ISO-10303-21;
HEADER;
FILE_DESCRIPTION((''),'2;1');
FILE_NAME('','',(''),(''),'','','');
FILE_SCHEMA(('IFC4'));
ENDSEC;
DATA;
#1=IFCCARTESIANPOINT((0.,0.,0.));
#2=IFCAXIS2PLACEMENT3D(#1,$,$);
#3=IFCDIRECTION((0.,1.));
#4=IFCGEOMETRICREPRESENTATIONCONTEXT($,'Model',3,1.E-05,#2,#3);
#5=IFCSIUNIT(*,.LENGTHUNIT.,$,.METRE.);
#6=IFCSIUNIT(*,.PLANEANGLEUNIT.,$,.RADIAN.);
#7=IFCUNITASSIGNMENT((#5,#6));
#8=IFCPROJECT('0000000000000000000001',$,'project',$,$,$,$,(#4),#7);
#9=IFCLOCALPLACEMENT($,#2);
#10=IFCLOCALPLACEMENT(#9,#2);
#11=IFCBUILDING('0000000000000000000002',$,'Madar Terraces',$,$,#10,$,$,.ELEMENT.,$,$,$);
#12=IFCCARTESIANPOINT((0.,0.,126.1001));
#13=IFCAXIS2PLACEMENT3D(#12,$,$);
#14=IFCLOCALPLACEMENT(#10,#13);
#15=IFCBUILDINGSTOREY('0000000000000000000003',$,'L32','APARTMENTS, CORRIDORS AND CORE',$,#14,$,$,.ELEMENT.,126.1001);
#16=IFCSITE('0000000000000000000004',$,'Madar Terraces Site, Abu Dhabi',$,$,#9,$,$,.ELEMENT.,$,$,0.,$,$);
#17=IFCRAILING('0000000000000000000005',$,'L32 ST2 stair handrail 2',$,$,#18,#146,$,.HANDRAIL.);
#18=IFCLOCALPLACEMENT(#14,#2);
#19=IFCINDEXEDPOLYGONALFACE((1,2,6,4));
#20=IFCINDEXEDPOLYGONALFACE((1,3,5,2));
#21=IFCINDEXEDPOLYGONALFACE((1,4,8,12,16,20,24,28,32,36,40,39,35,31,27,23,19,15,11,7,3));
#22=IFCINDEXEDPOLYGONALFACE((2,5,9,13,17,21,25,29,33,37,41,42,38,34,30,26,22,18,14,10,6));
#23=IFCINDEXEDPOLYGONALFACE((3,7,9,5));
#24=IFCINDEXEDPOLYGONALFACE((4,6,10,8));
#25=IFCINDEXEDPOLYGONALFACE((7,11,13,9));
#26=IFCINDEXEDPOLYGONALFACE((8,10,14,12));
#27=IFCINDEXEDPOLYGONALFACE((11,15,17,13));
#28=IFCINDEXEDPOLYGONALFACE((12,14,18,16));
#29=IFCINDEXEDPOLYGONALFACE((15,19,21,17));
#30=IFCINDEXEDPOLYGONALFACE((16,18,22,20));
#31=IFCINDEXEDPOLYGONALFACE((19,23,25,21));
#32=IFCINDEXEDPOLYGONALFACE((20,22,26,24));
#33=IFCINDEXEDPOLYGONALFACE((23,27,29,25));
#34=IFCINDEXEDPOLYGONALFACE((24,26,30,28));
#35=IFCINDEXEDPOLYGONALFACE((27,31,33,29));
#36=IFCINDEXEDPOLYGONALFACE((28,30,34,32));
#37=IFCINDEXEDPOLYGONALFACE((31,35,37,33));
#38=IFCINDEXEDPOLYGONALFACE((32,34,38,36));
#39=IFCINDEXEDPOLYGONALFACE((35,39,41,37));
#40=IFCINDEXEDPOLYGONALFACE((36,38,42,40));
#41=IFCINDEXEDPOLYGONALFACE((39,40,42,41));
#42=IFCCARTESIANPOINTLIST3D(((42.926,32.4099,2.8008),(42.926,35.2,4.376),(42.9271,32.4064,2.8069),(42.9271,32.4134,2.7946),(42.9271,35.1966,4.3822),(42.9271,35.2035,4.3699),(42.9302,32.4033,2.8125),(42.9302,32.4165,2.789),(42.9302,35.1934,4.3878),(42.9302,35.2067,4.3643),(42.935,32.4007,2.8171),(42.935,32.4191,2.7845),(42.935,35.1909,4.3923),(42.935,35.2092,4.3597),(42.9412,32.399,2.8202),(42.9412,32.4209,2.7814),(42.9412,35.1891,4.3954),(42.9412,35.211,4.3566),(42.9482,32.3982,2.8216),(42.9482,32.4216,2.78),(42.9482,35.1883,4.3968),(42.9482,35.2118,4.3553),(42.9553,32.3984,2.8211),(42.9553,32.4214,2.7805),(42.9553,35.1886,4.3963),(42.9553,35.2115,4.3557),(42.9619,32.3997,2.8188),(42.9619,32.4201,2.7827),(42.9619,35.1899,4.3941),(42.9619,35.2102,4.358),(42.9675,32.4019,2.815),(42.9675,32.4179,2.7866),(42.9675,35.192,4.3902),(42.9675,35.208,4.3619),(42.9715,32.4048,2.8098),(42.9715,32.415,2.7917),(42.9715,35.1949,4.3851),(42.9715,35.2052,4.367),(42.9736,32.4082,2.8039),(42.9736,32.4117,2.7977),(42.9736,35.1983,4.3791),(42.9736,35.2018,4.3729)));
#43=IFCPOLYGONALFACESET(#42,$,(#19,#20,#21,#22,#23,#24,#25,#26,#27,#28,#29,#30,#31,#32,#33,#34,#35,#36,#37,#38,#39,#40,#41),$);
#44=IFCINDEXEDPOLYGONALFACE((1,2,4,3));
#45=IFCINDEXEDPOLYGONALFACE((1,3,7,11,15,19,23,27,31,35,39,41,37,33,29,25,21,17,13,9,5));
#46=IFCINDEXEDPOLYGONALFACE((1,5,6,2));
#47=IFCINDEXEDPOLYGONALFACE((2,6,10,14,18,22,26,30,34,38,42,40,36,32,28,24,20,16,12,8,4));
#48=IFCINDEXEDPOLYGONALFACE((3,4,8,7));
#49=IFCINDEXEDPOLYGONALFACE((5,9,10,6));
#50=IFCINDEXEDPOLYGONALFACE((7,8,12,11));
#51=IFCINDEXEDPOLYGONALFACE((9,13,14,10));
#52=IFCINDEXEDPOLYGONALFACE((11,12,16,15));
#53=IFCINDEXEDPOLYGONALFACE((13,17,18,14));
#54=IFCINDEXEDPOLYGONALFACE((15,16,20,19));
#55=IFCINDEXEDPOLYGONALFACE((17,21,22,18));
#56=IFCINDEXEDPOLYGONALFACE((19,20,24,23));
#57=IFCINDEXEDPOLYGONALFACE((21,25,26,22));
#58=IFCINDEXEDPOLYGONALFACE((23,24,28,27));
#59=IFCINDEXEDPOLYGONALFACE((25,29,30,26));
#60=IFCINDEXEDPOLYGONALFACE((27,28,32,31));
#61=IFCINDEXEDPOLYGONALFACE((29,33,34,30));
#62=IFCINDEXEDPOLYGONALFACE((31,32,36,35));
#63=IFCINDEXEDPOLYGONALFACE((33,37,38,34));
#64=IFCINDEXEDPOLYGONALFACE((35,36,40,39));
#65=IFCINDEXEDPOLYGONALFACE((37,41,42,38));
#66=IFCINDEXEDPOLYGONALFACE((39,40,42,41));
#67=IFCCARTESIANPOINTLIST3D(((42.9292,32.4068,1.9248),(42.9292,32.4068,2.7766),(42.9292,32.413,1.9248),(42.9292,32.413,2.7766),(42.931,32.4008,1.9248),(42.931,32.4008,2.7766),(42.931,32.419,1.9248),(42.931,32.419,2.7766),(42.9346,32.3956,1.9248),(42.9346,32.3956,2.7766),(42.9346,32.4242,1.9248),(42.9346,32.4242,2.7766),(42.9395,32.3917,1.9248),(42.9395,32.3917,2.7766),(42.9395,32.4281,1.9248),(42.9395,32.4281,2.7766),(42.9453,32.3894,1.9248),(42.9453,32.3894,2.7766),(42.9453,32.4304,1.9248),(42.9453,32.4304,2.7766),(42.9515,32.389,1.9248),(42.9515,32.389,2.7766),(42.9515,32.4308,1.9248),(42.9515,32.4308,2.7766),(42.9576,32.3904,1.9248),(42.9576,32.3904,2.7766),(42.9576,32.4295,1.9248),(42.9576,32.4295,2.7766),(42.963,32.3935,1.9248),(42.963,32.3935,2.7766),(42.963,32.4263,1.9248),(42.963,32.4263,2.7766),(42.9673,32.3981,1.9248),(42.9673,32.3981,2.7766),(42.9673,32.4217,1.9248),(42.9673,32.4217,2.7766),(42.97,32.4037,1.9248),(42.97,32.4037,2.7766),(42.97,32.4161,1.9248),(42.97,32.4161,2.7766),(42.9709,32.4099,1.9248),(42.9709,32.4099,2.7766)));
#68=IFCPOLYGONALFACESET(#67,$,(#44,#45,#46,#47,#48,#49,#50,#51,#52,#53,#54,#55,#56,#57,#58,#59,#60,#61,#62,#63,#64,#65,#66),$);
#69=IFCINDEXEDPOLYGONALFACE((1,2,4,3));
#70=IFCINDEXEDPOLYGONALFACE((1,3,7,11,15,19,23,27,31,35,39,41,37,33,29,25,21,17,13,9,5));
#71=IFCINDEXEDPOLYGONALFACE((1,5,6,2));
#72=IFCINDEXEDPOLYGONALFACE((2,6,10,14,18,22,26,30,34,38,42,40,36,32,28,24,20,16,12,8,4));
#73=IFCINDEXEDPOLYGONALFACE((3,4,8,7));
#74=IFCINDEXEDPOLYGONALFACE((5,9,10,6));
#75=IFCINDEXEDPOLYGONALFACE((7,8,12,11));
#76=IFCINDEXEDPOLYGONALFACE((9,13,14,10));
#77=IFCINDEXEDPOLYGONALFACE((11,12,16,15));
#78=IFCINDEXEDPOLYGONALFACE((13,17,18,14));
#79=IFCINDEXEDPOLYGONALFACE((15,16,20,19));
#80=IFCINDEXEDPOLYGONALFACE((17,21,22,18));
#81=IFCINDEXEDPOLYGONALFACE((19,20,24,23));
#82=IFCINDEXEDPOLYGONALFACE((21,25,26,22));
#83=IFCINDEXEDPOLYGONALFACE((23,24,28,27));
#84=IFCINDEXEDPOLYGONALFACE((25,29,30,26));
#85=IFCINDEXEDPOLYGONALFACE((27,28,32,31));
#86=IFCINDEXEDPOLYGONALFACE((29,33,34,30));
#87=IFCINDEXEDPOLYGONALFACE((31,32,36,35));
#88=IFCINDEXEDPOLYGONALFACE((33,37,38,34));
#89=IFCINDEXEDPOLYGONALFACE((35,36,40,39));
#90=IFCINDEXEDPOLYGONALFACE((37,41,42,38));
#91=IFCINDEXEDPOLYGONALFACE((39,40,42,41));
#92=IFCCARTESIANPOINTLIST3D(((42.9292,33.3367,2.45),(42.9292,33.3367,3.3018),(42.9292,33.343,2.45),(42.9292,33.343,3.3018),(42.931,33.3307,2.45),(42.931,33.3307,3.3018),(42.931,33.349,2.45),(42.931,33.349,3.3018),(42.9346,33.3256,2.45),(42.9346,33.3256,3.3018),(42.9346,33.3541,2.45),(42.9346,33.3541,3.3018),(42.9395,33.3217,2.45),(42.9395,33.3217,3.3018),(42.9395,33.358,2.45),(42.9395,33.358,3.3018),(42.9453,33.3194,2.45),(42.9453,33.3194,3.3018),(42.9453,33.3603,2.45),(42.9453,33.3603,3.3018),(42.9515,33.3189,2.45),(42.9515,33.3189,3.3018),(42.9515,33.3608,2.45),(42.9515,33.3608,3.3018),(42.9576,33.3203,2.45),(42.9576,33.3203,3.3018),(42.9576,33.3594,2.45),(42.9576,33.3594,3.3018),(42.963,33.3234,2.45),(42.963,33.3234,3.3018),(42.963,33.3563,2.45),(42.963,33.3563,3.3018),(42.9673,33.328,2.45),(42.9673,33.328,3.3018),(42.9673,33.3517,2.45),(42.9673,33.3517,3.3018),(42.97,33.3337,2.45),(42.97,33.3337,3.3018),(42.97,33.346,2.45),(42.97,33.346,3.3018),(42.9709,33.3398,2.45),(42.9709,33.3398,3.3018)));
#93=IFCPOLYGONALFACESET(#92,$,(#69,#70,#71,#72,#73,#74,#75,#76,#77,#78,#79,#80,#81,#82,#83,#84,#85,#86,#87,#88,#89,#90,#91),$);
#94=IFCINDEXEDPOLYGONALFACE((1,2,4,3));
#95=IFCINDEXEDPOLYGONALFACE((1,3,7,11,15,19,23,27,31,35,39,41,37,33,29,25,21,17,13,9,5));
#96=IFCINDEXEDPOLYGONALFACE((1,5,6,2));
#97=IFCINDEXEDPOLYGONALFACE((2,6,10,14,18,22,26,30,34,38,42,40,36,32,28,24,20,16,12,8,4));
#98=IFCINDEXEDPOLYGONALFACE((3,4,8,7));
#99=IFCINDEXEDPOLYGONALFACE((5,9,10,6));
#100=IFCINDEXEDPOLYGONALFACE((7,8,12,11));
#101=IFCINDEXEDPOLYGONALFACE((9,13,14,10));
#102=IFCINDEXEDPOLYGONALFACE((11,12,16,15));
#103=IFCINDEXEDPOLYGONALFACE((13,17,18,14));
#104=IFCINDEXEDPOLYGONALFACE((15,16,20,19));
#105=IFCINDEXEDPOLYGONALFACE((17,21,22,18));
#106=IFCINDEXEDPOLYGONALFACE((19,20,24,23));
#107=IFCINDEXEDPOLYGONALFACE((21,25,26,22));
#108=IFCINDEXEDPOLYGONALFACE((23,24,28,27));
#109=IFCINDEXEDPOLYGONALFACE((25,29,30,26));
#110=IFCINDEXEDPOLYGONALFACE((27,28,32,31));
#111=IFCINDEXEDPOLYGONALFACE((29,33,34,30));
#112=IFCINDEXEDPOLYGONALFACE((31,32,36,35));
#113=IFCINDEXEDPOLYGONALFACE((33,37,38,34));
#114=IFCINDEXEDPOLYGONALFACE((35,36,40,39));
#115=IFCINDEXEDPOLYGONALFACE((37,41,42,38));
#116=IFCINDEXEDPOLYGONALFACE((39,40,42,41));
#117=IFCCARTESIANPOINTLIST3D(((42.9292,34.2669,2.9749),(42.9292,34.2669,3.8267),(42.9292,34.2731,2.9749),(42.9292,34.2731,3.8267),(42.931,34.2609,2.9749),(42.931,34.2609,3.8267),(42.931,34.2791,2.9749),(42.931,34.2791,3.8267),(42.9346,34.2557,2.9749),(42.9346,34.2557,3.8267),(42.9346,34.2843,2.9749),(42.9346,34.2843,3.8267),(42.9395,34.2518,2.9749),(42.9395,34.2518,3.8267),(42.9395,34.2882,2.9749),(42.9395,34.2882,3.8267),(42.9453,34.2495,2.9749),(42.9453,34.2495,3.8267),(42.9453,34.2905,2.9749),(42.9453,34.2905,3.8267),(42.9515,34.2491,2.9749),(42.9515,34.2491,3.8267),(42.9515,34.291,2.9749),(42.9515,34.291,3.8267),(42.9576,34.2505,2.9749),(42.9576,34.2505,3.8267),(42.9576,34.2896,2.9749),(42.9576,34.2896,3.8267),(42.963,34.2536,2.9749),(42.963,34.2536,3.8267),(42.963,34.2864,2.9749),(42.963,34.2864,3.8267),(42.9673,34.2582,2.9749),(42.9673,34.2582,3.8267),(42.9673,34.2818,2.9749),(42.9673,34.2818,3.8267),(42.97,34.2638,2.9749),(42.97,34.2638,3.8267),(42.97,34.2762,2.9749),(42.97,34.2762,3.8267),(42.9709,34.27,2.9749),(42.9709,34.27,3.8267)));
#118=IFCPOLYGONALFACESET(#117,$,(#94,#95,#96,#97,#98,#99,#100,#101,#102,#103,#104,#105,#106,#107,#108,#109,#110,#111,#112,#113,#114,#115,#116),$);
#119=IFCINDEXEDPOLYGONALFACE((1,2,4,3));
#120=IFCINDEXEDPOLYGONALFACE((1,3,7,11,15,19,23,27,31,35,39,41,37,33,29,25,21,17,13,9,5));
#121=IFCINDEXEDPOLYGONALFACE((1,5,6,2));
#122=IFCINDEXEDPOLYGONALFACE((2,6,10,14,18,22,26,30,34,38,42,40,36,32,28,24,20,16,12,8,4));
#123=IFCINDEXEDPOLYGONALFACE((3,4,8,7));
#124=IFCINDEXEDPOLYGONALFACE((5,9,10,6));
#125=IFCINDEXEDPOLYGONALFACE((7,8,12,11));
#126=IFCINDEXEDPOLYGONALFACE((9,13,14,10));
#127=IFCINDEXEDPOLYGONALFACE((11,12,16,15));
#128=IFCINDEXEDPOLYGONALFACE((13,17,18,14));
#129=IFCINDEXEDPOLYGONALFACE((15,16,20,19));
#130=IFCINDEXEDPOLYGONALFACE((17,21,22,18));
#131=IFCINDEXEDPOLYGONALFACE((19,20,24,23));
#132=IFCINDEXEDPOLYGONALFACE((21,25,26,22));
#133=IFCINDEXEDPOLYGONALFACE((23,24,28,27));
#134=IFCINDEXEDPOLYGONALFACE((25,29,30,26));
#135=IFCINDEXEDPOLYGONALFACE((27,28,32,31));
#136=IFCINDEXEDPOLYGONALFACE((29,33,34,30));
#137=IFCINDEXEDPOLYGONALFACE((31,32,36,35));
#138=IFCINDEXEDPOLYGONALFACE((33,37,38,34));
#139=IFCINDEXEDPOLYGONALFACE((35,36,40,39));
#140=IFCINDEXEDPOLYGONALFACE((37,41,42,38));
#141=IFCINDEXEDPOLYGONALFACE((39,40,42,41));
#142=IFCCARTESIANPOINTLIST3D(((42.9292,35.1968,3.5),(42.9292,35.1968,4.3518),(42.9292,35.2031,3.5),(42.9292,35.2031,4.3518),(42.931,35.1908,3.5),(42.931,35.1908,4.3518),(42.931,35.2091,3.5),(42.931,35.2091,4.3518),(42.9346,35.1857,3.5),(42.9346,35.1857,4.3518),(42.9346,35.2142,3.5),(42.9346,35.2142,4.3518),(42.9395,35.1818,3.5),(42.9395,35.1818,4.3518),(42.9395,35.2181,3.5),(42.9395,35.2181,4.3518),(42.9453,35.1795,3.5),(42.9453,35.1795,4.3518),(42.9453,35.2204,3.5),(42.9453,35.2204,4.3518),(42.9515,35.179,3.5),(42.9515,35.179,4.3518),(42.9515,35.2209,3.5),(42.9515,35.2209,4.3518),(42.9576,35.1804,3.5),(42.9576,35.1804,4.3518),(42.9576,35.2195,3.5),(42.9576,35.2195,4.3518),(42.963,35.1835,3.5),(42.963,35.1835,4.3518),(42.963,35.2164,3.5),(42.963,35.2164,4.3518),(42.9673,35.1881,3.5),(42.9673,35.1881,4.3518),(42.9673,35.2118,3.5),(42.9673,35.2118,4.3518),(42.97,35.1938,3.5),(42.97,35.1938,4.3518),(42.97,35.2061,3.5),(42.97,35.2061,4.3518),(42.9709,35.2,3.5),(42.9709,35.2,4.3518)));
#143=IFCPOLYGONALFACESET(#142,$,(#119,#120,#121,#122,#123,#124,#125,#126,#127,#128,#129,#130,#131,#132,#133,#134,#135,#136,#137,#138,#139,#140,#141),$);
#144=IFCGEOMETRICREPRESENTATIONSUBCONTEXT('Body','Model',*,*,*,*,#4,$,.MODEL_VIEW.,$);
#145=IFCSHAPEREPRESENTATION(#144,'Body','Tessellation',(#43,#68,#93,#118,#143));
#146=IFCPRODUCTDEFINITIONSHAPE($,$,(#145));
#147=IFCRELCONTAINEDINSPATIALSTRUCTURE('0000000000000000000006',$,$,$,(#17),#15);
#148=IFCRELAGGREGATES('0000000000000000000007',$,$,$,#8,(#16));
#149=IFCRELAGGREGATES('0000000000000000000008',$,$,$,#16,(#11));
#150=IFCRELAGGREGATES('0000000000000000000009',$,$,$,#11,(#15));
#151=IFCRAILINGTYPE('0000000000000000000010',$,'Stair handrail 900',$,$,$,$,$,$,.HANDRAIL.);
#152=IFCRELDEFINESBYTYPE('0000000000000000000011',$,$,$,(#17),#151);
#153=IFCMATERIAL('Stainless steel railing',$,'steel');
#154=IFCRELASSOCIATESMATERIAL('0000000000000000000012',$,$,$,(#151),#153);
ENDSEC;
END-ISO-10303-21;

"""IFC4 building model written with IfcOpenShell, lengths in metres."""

from ifc_helpers import new_model, si_unit, direction, frame, origin, origin_2d, place, context, subcontext, project, spatial, circle, extrude, material, type_object, element, save


model = new_model("IFC4")

# Units and contexts
model_context = context("Model", 3, precision=1e-05, world=origin(), true_north=direction((0.0, 1.0)))
body_context = subcontext(model_context, "Body", "Model", "MODEL_VIEW")
ifc_project = project(units=[si_unit("LENGTHUNIT", "METRE"), si_unit("PLANEANGLEUNIT", "RADIAN")], contexts=[model_context])

# Site, building, storey
site_placement = place(None, origin())
site = spatial("IfcSite", under=ifc_project, at=site_placement, Name="Madar Terraces Site, Abu Dhabi", CompositionType="ELEMENT", RefElevation=0.0)
building_placement = place(site_placement, origin())
building = spatial("IfcBuilding", under=site, at=building_placement, Name="Madar Terraces", CompositionType="ELEMENT")
storey_placement = place(building_placement, frame((0.0, 0.0, 126.1001)))
storey = spatial("IfcBuildingStorey", under=building, at=storey_placement, Name="L32", Description="APARTMENTS, CORRIDORS AND CORE", CompositionType="ELEMENT", Elevation=126.1001)

# Railing
ifc_material_1 = material(Name="Stainless steel railing", Category="steel")
railing_type_1 = type_object("IfcRailingType", Name="Stair handrail 900", PredefinedType="HANDRAIL", material=ifc_material_1)
railing_1_placement = place(storey_placement, frame((42.95, 32.4099, 1.9248)))
element("IfcRailing", 1, at=railing_1_placement, inside=storey, type_object=railing_type_1, Name="L32 ST2 stair handrail 2", PredefinedType="HANDRAIL", context=body_context, shape_type="SweptSolid", body=[
    extrude(circle(Radius=0.0239, at=origin_2d()), frame((0.0, 0.0, 0.876), z_axis=(0.0, 0.870801, 0.491635), x_axis=(-1.0, 0.0, 0.0)), (0.0, 0.0, 1.0), 3.2041),
    extrude(circle(Radius=0.021, at=origin_2d()), origin(), (0.0, 0.0, 1.0), 0.8518),
    extrude(circle(Radius=0.021, at=origin_2d()), frame((0.0, 0.9299, 0.5251)), (0.0, 0.0, 1.0), 0.8518),
    extrude(circle(Radius=0.021, at=origin_2d()), frame((0.0, 1.8601, 1.05)), (0.0, 0.0, 1.0), 0.8518),
    extrude(circle(Radius=0.021, at=origin_2d()), frame((0.0, 2.79, 1.5752)), (0.0, 0.0, 1.0), 0.8518),
])

save(model, "model.ifc")
